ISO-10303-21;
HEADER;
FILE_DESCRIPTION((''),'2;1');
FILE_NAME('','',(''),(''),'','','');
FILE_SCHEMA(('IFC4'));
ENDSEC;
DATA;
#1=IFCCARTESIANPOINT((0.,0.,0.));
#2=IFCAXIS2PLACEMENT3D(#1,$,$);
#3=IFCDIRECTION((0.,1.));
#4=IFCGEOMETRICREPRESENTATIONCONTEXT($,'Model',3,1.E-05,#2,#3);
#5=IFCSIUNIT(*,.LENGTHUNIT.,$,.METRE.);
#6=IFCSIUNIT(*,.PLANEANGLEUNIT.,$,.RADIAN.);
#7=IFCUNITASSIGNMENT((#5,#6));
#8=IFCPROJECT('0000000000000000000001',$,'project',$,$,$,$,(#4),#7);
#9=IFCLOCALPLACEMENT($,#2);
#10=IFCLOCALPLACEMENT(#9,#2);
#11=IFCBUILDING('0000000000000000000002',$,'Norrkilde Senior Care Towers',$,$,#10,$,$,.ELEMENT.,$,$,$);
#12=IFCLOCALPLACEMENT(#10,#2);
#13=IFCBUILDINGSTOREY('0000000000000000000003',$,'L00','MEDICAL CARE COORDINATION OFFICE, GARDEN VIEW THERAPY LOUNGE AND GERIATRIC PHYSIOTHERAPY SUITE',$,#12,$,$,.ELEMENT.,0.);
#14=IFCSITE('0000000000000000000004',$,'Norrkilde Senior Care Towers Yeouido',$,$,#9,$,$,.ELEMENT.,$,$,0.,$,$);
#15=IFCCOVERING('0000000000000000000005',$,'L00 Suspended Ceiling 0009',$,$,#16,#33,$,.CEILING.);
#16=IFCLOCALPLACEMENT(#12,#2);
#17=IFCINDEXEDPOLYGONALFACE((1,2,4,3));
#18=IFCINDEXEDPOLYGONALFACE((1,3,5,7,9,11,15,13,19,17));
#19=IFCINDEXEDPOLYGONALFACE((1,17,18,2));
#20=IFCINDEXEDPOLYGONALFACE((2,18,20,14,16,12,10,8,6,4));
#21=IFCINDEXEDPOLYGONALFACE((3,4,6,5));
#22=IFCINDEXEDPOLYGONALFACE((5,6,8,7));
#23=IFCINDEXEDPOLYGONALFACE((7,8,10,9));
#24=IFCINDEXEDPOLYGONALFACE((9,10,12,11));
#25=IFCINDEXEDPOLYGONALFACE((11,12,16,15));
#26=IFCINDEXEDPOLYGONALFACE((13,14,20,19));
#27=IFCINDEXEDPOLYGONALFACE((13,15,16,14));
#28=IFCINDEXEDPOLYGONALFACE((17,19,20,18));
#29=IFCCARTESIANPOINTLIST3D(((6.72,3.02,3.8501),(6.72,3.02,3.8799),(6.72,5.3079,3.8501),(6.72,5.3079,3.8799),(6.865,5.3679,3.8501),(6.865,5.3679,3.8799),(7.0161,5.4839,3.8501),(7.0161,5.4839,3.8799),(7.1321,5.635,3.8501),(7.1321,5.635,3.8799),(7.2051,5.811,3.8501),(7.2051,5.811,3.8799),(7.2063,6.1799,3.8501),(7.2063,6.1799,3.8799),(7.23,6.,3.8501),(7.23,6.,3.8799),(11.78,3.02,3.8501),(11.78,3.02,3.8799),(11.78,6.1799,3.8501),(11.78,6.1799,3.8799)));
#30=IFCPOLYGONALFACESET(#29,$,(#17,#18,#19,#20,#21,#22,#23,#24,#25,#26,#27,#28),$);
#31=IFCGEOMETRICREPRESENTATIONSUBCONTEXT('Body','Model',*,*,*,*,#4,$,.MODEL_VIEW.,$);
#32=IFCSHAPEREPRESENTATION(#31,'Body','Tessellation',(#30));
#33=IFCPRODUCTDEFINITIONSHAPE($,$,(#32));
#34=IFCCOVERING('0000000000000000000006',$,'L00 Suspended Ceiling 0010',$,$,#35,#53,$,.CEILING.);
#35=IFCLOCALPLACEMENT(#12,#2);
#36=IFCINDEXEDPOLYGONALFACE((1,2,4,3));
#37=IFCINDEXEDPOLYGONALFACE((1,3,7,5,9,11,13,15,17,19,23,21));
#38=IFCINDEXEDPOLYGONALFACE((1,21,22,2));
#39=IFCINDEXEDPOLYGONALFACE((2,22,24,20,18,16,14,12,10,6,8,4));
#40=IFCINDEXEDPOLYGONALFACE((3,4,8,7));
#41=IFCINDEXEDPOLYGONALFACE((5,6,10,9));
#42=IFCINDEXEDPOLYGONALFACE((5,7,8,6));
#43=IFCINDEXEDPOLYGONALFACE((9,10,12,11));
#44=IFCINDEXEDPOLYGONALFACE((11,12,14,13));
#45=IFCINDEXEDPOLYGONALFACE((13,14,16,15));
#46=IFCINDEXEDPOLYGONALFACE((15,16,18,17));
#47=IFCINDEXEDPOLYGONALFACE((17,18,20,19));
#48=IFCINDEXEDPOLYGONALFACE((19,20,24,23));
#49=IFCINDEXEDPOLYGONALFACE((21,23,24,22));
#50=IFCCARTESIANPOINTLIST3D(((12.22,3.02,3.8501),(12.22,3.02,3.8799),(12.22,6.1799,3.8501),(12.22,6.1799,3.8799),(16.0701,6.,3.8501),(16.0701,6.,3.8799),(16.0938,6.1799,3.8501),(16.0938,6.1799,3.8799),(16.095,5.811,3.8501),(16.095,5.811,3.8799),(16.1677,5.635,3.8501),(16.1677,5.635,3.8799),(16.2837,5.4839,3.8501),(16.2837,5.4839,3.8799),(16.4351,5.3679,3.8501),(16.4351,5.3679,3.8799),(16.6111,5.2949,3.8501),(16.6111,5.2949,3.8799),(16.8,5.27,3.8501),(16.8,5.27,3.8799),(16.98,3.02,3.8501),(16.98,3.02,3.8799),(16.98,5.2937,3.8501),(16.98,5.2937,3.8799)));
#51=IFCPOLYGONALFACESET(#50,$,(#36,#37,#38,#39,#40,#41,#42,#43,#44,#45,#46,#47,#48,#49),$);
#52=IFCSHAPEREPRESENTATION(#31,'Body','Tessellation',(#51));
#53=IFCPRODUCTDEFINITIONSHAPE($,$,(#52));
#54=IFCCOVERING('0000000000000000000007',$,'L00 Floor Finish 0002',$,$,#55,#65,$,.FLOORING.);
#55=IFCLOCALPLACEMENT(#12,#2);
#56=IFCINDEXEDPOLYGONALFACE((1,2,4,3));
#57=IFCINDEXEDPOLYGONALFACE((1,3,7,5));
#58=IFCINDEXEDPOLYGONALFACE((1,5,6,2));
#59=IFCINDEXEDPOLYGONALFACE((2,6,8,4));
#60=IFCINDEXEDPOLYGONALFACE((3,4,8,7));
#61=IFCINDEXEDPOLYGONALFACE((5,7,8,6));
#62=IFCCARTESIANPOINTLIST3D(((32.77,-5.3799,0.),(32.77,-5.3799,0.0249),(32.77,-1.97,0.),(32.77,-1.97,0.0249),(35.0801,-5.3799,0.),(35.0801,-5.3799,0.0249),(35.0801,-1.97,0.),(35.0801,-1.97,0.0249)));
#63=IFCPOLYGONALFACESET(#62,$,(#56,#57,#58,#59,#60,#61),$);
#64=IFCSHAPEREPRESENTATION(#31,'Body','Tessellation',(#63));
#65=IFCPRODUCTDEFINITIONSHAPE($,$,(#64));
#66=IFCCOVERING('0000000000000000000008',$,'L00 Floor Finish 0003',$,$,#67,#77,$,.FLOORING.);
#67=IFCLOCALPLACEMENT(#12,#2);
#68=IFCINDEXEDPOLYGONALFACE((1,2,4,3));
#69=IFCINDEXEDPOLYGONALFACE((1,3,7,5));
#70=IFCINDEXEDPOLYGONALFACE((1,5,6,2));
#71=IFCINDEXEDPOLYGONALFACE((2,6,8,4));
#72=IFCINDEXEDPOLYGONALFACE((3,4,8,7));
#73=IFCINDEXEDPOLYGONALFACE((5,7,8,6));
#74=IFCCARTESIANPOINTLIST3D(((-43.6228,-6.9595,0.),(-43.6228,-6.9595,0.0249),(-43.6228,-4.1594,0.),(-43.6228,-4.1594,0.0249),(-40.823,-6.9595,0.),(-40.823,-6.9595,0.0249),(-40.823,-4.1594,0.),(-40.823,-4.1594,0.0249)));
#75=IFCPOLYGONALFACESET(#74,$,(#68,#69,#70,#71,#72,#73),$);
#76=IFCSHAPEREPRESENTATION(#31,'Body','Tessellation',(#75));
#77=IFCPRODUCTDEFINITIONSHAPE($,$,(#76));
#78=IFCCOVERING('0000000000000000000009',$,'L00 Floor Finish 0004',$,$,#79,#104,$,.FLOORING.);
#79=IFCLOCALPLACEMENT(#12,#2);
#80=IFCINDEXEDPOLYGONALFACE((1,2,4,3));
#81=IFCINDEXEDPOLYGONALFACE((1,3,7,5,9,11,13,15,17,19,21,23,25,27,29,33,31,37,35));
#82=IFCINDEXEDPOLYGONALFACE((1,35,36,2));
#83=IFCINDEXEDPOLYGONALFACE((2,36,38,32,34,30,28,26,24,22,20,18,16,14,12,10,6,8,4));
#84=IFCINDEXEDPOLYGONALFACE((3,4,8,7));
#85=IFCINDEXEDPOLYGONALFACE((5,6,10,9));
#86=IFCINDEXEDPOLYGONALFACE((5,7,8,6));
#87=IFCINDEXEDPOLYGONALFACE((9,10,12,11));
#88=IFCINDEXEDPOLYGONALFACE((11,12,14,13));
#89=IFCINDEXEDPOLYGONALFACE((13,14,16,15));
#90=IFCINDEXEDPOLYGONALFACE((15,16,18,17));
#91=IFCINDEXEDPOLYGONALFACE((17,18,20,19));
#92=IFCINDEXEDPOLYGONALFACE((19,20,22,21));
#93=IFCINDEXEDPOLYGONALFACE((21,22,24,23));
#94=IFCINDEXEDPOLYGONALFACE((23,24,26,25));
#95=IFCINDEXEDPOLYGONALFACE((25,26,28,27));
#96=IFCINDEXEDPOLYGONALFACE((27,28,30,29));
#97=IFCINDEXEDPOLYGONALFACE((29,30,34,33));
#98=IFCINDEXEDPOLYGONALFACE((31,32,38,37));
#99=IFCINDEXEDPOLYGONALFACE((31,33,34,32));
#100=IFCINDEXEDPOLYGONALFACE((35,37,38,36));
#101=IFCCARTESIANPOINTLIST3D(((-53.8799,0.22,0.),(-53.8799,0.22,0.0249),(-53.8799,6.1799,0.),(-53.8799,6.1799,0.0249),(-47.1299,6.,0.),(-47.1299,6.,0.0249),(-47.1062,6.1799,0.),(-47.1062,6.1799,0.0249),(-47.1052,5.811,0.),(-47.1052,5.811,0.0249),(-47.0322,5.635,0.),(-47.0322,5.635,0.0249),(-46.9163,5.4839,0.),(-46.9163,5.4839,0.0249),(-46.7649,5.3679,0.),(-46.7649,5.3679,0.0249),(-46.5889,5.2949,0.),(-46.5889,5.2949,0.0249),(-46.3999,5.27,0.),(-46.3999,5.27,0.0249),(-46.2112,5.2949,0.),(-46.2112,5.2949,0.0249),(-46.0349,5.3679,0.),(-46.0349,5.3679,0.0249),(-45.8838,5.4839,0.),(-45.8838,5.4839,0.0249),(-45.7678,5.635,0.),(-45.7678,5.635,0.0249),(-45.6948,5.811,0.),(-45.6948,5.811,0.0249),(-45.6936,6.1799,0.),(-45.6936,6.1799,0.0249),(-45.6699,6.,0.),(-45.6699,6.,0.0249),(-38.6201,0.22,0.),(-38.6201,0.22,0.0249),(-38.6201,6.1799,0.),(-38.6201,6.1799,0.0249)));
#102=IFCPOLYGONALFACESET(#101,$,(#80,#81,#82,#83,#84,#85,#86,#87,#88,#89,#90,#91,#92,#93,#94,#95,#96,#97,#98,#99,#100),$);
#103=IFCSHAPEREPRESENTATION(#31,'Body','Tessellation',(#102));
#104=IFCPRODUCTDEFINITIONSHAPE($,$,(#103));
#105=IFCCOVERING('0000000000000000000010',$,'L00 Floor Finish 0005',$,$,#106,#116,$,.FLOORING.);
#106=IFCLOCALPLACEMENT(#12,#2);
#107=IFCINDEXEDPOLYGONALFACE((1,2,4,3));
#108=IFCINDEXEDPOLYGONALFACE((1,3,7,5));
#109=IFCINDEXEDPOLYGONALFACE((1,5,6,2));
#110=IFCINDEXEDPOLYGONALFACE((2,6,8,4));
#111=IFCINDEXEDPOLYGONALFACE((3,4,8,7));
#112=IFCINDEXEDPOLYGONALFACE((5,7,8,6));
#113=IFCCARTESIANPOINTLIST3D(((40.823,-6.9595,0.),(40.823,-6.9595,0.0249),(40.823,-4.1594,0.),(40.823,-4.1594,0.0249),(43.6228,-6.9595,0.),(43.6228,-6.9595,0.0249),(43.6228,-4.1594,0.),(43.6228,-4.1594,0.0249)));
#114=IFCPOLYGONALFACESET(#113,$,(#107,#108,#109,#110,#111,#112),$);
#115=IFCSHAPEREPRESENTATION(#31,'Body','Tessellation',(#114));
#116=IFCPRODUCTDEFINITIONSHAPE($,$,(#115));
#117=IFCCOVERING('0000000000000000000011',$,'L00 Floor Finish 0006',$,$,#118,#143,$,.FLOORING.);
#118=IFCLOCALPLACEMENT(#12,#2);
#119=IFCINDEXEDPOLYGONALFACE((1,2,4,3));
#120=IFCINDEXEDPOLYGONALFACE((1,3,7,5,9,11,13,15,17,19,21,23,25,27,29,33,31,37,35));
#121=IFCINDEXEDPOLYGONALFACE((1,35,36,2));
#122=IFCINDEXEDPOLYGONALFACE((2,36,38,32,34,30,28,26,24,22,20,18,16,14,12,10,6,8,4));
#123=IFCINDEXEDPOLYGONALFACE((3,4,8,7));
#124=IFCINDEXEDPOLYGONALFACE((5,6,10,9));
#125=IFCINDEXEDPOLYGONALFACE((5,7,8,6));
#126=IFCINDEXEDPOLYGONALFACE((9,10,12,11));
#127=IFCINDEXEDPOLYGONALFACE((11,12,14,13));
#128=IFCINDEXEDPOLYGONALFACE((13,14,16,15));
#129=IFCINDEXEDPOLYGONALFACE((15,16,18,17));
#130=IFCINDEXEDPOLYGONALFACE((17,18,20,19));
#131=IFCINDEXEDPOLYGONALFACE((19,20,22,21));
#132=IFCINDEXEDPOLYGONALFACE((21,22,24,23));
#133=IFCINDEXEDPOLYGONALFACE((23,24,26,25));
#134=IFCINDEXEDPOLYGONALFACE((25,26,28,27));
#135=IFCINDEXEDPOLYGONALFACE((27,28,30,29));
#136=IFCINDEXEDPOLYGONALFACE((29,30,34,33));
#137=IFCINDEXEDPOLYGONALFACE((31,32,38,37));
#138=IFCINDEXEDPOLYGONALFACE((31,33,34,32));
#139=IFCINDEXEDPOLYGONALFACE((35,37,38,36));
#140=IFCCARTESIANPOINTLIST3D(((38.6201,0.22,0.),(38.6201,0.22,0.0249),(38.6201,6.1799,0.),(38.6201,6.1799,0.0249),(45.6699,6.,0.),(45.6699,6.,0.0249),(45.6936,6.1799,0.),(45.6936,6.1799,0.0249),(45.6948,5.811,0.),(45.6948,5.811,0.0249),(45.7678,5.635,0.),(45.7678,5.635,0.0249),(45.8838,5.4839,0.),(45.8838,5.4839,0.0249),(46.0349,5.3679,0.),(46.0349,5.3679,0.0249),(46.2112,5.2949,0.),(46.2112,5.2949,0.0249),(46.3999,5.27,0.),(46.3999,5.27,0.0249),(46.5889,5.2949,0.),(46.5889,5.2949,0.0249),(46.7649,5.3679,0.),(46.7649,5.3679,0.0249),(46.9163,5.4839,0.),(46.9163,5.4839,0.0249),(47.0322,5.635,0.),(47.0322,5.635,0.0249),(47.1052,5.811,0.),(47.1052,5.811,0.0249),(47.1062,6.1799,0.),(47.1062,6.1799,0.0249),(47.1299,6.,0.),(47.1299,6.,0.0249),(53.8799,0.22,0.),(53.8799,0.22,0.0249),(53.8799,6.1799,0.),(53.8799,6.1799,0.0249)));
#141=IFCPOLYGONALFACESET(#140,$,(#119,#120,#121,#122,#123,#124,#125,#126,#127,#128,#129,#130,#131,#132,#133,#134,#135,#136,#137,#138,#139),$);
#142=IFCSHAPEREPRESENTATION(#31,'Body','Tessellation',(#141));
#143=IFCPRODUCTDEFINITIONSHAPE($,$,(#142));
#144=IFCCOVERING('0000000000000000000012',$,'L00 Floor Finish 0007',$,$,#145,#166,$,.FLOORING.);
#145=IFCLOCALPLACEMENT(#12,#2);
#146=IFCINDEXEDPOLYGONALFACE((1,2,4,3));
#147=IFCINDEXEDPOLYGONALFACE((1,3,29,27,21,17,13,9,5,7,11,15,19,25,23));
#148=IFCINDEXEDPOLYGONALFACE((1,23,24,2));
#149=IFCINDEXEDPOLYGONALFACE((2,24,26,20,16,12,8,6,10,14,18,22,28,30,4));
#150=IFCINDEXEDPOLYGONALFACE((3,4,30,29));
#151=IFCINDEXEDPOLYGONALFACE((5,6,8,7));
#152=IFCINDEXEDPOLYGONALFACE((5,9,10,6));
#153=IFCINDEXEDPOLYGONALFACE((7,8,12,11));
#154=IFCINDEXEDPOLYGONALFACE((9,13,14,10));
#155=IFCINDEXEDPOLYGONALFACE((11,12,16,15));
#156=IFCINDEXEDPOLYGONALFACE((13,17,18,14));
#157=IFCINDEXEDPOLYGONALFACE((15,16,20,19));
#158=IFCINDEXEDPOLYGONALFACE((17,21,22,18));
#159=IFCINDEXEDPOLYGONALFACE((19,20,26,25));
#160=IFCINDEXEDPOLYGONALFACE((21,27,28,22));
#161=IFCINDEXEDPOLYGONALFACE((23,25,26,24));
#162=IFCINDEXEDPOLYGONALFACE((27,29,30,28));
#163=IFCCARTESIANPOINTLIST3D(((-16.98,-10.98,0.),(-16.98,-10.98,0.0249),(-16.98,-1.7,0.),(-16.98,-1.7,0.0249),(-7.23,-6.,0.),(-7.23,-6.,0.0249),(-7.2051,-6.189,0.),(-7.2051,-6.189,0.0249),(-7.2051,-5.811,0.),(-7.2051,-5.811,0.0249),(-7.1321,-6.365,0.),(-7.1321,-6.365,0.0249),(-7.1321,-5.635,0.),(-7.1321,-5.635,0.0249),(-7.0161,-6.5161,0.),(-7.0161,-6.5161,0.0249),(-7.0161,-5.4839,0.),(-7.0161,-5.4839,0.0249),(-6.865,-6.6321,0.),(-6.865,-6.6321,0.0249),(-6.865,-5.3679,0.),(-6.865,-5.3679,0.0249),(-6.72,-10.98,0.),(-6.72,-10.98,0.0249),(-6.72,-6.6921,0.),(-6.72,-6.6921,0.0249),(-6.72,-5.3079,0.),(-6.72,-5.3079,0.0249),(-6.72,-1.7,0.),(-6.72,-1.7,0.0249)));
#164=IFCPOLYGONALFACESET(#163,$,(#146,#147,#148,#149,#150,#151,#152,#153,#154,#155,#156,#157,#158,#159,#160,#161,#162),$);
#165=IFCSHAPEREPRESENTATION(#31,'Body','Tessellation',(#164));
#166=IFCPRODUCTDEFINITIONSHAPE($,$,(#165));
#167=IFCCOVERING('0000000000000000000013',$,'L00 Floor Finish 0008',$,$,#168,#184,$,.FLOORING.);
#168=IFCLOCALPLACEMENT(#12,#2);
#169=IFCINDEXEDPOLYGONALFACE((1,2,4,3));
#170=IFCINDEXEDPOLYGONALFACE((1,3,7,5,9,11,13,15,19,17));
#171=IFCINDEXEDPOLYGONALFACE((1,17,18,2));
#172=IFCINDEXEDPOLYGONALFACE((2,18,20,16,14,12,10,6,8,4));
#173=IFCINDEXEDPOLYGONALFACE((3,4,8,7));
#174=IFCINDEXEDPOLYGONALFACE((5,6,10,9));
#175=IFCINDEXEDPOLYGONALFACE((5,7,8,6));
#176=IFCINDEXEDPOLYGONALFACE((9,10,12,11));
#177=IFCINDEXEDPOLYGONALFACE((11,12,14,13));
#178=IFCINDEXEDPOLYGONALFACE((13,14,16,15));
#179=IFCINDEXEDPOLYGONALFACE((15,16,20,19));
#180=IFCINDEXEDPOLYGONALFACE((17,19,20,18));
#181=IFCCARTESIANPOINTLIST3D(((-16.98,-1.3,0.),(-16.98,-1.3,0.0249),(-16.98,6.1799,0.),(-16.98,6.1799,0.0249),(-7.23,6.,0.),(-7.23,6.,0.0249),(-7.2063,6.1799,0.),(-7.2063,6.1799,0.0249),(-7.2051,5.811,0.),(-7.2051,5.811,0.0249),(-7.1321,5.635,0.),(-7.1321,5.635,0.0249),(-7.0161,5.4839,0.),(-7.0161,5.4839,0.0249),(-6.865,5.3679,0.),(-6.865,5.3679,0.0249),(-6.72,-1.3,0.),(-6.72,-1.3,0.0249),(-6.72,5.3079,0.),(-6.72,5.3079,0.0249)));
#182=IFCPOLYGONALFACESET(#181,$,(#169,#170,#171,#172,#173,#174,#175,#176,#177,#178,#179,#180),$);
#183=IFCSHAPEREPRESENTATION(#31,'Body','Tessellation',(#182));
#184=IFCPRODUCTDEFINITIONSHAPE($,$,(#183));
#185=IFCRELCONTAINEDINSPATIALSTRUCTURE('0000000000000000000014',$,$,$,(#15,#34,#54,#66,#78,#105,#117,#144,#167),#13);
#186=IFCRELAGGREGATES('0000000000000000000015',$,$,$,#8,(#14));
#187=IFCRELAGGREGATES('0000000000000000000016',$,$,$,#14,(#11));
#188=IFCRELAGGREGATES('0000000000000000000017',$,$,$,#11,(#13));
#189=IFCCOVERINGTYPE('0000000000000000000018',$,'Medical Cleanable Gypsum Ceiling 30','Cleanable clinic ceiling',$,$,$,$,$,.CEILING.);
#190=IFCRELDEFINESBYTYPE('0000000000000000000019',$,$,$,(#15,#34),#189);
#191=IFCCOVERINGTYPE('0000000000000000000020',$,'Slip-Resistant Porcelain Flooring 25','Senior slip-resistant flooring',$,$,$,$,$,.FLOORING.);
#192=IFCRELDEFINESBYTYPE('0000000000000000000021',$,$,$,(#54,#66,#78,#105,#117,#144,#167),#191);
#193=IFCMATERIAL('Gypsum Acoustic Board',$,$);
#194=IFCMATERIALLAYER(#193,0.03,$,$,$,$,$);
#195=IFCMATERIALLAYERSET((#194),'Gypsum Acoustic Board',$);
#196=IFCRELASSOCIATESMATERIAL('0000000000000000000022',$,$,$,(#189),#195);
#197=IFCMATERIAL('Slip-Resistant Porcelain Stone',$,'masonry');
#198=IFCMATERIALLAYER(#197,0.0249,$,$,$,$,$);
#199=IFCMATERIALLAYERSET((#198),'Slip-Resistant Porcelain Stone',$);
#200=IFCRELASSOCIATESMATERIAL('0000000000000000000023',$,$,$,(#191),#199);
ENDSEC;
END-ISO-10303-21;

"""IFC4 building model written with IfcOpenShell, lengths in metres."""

from ifc_helpers import new_model, si_unit, direction, frame, origin, place, context, subcontext, project, spatial, polyline, outline, extrude, material, layer, layer_set, type_object, element, save


model = new_model("IFC4")

# Units and contexts
model_context = context("Model", 3, precision=1e-05, world=origin(), true_north=direction((0.0, 1.0)))
body_context = subcontext(model_context, "Body", "Model", "MODEL_VIEW")
ifc_project = project(units=[si_unit("LENGTHUNIT", "METRE"), si_unit("PLANEANGLEUNIT", "RADIAN")], contexts=[model_context])

# Site, building, storey
site_placement = place(None, origin())
site = spatial("IfcSite", under=ifc_project, at=site_placement, Name="Norrkilde Senior Care Towers Yeouido", CompositionType="ELEMENT", RefElevation=0.0)
building_placement = place(site_placement, origin())
building = spatial("IfcBuilding", under=site, at=building_placement, Name="Norrkilde Senior Care Towers", CompositionType="ELEMENT")
storey_placement = place(building_placement, origin())
storey = spatial("IfcBuildingStorey", under=building, at=storey_placement, Name="L00", Description="MEDICAL CARE COORDINATION OFFICE, GARDEN VIEW THERAPY LOUNGE AND GERIATRIC PHYSIOTHERAPY SUITE", CompositionType="ELEMENT", Elevation=0.0)

# Coverings
ifc_material_1 = material(Name="Gypsum Acoustic Board")
ifc_layer_1 = layer(ifc_material_1, 0.03)
ifc_layer_set_1 = layer_set([ifc_layer_1], Name="Gypsum Acoustic Board")
covering_type_1 = type_object("IfcCoveringType", Name="Medical Cleanable Gypsum Ceiling 30", Description="Cleanable clinic ceiling", PredefinedType="CEILING", material=ifc_layer_set_1)
covering_1_placement = place(storey_placement, frame((0.0, 0.0, 3.8501)))
element("IfcCovering", 1, at=covering_1_placement, inside=storey, type_object=covering_type_1, Name="L00 Suspended Ceiling 0009", PredefinedType="CEILING", context=body_context, shape_type="SweptSolid", body=[
    extrude(outline(polyline([(11.78, 3.02), (6.72, 3.02), (6.72, 5.3079), (6.865, 5.3679), (7.0161, 5.4839), (7.1321, 5.635), (7.2051, 5.811), (7.23, 6.0), (7.2063, 6.1799), (11.78, 6.1799), (11.78, 3.02)])), origin(), (0.0, 0.0, 1.0), 0.0298),
])
covering_2_placement = place(storey_placement, frame((0.0, 0.0, 3.8501)))
element("IfcCovering", 2, at=covering_2_placement, inside=storey, type_object=covering_type_1, Name="L00 Suspended Ceiling 0010", PredefinedType="CEILING", context=body_context, shape_type="SweptSolid", body=[
    extrude(outline(polyline([(16.98, 3.02), (12.22, 3.02), (12.22, 6.1799), (16.0938, 6.1799), (16.0701, 6.0), (16.095, 5.811), (16.1677, 5.635), (16.2837, 5.4839), (16.4351, 5.3679), (16.6111, 5.2949), (16.8, 5.27), (16.98, 5.2937), (16.98, 3.02)])), origin(), (0.0, 0.0, 1.0), 0.0298),
])
ifc_material_2 = material(Name="Slip-Resistant Porcelain Stone", Category="masonry")
ifc_layer_2 = layer(ifc_material_2, 0.0249)
ifc_layer_set_2 = layer_set([ifc_layer_2], Name="Slip-Resistant Porcelain Stone")
covering_type_2 = type_object("IfcCoveringType", Name="Slip-Resistant Porcelain Flooring 25", Description="Senior slip-resistant flooring", PredefinedType="FLOORING", material=ifc_layer_set_2)
covering_3_placement = place(storey_placement, origin())
element("IfcCovering", 3, at=covering_3_placement, inside=storey, type_object=covering_type_2, Name="L00 Floor Finish 0002", PredefinedType="FLOORING", context=body_context, shape_type="SweptSolid", body=[
    extrude(outline(polyline([(35.0801, -1.97), (35.0801, -5.3799), (32.77, -5.3799), (32.77, -1.97), (35.0801, -1.97)])), origin(), (0.0, 0.0, 1.0), 0.0249),
])
covering_4_placement = place(storey_placement, origin())
element("IfcCovering", 4, at=covering_4_placement, inside=storey, type_object=covering_type_2, Name="L00 Floor Finish 0003", PredefinedType="FLOORING", context=body_context, shape_type="SweptSolid", body=[
    extrude(outline(polyline([(-43.6228, -6.9595), (-43.6228, -4.1594), (-40.823, -4.1594), (-40.823, -6.9595), (-43.6228, -6.9595)])), origin(), (0.0, 0.0, 1.0), 0.0249),
])
covering_5_placement = place(storey_placement, origin())
element("IfcCovering", 5, at=covering_5_placement, inside=storey, type_object=covering_type_2, Name="L00 Floor Finish 0004", PredefinedType="FLOORING", context=body_context, shape_type="SweptSolid", body=[
    extrude(outline(polyline([(-38.6201, 0.22), (-53.8799, 0.22), (-53.8799, 6.1799), (-47.1062, 6.1799), (-47.1299, 6.0), (-47.1052, 5.811), (-47.0322, 5.635), (-46.9163, 5.4839), (-46.7649, 5.3679), (-46.5889, 5.2949), (-46.3999, 5.27), (-46.2112, 5.2949), (-46.0349, 5.3679), (-45.8838, 5.4839), (-45.7678, 5.635), (-45.6948, 5.811), (-45.6699, 6.0), (-45.6936, 6.1799), (-38.6201, 6.1799), (-38.6201, 0.22)])), origin(), (0.0, 0.0, 1.0), 0.0249),
])
covering_6_placement = place(storey_placement, origin())
element("IfcCovering", 6, at=covering_6_placement, inside=storey, type_object=covering_type_2, Name="L00 Floor Finish 0005", PredefinedType="FLOORING", context=body_context, shape_type="SweptSolid", body=[
    extrude(outline(polyline([(40.823, -6.9595), (40.823, -4.1594), (43.6228, -4.1594), (43.6228, -6.9595), (40.823, -6.9595)])), origin(), (0.0, 0.0, 1.0), 0.0249),
])
covering_7_placement = place(storey_placement, origin())
element("IfcCovering", 7, at=covering_7_placement, inside=storey, type_object=covering_type_2, Name="L00 Floor Finish 0006", PredefinedType="FLOORING", context=body_context, shape_type="SweptSolid", body=[
    extrude(outline(polyline([(53.8799, 0.22), (38.6201, 0.22), (38.6201, 6.1799), (45.6936, 6.1799), (45.6699, 6.0), (45.6948, 5.811), (45.7678, 5.635), (45.8838, 5.4839), (46.0349, 5.3679), (46.2112, 5.2949), (46.3999, 5.27), (46.5889, 5.2949), (46.7649, 5.3679), (46.9163, 5.4839), (47.0322, 5.635), (47.1052, 5.811), (47.1299, 6.0), (47.1062, 6.1799), (53.8799, 6.1799), (53.8799, 0.22)])), origin(), (0.0, 0.0, 1.0), 0.0249),
])
covering_8_placement = place(storey_placement, origin())
element("IfcCovering", 8, at=covering_8_placement, inside=storey, type_object=covering_type_2, Name="L00 Floor Finish 0007", PredefinedType="FLOORING", context=body_context, shape_type="SweptSolid", body=[
    extrude(outline(polyline([(-6.72, -5.3079), (-6.865, -5.3679), (-7.0161, -5.4839), (-7.1321, -5.635), (-7.2051, -5.811), (-7.23, -6.0), (-7.2051, -6.189), (-7.1321, -6.365), (-7.0161, -6.5161), (-6.865, -6.6321), (-6.72, -6.6921), (-6.72, -10.98), (-16.98, -10.98), (-16.98, -1.7), (-6.72, -1.7), (-6.72, -5.3079)])), origin(), (0.0, 0.0, 1.0), 0.0249),
])
covering_9_placement = place(storey_placement, origin())
element("IfcCovering", 9, at=covering_9_placement, inside=storey, type_object=covering_type_2, Name="L00 Floor Finish 0008", PredefinedType="FLOORING", context=body_context, shape_type="SweptSolid", body=[
    extrude(outline(polyline([(-6.72, -1.3), (-16.98, -1.3), (-16.98, 6.1799), (-7.2063, 6.1799), (-7.23, 6.0), (-7.2051, 5.811), (-7.1321, 5.635), (-7.0161, 5.4839), (-6.865, 5.3679), (-6.72, 5.3079), (-6.72, -1.3)])), origin(), (0.0, 0.0, 1.0), 0.0249),
])

save(model, "model.ifc")
